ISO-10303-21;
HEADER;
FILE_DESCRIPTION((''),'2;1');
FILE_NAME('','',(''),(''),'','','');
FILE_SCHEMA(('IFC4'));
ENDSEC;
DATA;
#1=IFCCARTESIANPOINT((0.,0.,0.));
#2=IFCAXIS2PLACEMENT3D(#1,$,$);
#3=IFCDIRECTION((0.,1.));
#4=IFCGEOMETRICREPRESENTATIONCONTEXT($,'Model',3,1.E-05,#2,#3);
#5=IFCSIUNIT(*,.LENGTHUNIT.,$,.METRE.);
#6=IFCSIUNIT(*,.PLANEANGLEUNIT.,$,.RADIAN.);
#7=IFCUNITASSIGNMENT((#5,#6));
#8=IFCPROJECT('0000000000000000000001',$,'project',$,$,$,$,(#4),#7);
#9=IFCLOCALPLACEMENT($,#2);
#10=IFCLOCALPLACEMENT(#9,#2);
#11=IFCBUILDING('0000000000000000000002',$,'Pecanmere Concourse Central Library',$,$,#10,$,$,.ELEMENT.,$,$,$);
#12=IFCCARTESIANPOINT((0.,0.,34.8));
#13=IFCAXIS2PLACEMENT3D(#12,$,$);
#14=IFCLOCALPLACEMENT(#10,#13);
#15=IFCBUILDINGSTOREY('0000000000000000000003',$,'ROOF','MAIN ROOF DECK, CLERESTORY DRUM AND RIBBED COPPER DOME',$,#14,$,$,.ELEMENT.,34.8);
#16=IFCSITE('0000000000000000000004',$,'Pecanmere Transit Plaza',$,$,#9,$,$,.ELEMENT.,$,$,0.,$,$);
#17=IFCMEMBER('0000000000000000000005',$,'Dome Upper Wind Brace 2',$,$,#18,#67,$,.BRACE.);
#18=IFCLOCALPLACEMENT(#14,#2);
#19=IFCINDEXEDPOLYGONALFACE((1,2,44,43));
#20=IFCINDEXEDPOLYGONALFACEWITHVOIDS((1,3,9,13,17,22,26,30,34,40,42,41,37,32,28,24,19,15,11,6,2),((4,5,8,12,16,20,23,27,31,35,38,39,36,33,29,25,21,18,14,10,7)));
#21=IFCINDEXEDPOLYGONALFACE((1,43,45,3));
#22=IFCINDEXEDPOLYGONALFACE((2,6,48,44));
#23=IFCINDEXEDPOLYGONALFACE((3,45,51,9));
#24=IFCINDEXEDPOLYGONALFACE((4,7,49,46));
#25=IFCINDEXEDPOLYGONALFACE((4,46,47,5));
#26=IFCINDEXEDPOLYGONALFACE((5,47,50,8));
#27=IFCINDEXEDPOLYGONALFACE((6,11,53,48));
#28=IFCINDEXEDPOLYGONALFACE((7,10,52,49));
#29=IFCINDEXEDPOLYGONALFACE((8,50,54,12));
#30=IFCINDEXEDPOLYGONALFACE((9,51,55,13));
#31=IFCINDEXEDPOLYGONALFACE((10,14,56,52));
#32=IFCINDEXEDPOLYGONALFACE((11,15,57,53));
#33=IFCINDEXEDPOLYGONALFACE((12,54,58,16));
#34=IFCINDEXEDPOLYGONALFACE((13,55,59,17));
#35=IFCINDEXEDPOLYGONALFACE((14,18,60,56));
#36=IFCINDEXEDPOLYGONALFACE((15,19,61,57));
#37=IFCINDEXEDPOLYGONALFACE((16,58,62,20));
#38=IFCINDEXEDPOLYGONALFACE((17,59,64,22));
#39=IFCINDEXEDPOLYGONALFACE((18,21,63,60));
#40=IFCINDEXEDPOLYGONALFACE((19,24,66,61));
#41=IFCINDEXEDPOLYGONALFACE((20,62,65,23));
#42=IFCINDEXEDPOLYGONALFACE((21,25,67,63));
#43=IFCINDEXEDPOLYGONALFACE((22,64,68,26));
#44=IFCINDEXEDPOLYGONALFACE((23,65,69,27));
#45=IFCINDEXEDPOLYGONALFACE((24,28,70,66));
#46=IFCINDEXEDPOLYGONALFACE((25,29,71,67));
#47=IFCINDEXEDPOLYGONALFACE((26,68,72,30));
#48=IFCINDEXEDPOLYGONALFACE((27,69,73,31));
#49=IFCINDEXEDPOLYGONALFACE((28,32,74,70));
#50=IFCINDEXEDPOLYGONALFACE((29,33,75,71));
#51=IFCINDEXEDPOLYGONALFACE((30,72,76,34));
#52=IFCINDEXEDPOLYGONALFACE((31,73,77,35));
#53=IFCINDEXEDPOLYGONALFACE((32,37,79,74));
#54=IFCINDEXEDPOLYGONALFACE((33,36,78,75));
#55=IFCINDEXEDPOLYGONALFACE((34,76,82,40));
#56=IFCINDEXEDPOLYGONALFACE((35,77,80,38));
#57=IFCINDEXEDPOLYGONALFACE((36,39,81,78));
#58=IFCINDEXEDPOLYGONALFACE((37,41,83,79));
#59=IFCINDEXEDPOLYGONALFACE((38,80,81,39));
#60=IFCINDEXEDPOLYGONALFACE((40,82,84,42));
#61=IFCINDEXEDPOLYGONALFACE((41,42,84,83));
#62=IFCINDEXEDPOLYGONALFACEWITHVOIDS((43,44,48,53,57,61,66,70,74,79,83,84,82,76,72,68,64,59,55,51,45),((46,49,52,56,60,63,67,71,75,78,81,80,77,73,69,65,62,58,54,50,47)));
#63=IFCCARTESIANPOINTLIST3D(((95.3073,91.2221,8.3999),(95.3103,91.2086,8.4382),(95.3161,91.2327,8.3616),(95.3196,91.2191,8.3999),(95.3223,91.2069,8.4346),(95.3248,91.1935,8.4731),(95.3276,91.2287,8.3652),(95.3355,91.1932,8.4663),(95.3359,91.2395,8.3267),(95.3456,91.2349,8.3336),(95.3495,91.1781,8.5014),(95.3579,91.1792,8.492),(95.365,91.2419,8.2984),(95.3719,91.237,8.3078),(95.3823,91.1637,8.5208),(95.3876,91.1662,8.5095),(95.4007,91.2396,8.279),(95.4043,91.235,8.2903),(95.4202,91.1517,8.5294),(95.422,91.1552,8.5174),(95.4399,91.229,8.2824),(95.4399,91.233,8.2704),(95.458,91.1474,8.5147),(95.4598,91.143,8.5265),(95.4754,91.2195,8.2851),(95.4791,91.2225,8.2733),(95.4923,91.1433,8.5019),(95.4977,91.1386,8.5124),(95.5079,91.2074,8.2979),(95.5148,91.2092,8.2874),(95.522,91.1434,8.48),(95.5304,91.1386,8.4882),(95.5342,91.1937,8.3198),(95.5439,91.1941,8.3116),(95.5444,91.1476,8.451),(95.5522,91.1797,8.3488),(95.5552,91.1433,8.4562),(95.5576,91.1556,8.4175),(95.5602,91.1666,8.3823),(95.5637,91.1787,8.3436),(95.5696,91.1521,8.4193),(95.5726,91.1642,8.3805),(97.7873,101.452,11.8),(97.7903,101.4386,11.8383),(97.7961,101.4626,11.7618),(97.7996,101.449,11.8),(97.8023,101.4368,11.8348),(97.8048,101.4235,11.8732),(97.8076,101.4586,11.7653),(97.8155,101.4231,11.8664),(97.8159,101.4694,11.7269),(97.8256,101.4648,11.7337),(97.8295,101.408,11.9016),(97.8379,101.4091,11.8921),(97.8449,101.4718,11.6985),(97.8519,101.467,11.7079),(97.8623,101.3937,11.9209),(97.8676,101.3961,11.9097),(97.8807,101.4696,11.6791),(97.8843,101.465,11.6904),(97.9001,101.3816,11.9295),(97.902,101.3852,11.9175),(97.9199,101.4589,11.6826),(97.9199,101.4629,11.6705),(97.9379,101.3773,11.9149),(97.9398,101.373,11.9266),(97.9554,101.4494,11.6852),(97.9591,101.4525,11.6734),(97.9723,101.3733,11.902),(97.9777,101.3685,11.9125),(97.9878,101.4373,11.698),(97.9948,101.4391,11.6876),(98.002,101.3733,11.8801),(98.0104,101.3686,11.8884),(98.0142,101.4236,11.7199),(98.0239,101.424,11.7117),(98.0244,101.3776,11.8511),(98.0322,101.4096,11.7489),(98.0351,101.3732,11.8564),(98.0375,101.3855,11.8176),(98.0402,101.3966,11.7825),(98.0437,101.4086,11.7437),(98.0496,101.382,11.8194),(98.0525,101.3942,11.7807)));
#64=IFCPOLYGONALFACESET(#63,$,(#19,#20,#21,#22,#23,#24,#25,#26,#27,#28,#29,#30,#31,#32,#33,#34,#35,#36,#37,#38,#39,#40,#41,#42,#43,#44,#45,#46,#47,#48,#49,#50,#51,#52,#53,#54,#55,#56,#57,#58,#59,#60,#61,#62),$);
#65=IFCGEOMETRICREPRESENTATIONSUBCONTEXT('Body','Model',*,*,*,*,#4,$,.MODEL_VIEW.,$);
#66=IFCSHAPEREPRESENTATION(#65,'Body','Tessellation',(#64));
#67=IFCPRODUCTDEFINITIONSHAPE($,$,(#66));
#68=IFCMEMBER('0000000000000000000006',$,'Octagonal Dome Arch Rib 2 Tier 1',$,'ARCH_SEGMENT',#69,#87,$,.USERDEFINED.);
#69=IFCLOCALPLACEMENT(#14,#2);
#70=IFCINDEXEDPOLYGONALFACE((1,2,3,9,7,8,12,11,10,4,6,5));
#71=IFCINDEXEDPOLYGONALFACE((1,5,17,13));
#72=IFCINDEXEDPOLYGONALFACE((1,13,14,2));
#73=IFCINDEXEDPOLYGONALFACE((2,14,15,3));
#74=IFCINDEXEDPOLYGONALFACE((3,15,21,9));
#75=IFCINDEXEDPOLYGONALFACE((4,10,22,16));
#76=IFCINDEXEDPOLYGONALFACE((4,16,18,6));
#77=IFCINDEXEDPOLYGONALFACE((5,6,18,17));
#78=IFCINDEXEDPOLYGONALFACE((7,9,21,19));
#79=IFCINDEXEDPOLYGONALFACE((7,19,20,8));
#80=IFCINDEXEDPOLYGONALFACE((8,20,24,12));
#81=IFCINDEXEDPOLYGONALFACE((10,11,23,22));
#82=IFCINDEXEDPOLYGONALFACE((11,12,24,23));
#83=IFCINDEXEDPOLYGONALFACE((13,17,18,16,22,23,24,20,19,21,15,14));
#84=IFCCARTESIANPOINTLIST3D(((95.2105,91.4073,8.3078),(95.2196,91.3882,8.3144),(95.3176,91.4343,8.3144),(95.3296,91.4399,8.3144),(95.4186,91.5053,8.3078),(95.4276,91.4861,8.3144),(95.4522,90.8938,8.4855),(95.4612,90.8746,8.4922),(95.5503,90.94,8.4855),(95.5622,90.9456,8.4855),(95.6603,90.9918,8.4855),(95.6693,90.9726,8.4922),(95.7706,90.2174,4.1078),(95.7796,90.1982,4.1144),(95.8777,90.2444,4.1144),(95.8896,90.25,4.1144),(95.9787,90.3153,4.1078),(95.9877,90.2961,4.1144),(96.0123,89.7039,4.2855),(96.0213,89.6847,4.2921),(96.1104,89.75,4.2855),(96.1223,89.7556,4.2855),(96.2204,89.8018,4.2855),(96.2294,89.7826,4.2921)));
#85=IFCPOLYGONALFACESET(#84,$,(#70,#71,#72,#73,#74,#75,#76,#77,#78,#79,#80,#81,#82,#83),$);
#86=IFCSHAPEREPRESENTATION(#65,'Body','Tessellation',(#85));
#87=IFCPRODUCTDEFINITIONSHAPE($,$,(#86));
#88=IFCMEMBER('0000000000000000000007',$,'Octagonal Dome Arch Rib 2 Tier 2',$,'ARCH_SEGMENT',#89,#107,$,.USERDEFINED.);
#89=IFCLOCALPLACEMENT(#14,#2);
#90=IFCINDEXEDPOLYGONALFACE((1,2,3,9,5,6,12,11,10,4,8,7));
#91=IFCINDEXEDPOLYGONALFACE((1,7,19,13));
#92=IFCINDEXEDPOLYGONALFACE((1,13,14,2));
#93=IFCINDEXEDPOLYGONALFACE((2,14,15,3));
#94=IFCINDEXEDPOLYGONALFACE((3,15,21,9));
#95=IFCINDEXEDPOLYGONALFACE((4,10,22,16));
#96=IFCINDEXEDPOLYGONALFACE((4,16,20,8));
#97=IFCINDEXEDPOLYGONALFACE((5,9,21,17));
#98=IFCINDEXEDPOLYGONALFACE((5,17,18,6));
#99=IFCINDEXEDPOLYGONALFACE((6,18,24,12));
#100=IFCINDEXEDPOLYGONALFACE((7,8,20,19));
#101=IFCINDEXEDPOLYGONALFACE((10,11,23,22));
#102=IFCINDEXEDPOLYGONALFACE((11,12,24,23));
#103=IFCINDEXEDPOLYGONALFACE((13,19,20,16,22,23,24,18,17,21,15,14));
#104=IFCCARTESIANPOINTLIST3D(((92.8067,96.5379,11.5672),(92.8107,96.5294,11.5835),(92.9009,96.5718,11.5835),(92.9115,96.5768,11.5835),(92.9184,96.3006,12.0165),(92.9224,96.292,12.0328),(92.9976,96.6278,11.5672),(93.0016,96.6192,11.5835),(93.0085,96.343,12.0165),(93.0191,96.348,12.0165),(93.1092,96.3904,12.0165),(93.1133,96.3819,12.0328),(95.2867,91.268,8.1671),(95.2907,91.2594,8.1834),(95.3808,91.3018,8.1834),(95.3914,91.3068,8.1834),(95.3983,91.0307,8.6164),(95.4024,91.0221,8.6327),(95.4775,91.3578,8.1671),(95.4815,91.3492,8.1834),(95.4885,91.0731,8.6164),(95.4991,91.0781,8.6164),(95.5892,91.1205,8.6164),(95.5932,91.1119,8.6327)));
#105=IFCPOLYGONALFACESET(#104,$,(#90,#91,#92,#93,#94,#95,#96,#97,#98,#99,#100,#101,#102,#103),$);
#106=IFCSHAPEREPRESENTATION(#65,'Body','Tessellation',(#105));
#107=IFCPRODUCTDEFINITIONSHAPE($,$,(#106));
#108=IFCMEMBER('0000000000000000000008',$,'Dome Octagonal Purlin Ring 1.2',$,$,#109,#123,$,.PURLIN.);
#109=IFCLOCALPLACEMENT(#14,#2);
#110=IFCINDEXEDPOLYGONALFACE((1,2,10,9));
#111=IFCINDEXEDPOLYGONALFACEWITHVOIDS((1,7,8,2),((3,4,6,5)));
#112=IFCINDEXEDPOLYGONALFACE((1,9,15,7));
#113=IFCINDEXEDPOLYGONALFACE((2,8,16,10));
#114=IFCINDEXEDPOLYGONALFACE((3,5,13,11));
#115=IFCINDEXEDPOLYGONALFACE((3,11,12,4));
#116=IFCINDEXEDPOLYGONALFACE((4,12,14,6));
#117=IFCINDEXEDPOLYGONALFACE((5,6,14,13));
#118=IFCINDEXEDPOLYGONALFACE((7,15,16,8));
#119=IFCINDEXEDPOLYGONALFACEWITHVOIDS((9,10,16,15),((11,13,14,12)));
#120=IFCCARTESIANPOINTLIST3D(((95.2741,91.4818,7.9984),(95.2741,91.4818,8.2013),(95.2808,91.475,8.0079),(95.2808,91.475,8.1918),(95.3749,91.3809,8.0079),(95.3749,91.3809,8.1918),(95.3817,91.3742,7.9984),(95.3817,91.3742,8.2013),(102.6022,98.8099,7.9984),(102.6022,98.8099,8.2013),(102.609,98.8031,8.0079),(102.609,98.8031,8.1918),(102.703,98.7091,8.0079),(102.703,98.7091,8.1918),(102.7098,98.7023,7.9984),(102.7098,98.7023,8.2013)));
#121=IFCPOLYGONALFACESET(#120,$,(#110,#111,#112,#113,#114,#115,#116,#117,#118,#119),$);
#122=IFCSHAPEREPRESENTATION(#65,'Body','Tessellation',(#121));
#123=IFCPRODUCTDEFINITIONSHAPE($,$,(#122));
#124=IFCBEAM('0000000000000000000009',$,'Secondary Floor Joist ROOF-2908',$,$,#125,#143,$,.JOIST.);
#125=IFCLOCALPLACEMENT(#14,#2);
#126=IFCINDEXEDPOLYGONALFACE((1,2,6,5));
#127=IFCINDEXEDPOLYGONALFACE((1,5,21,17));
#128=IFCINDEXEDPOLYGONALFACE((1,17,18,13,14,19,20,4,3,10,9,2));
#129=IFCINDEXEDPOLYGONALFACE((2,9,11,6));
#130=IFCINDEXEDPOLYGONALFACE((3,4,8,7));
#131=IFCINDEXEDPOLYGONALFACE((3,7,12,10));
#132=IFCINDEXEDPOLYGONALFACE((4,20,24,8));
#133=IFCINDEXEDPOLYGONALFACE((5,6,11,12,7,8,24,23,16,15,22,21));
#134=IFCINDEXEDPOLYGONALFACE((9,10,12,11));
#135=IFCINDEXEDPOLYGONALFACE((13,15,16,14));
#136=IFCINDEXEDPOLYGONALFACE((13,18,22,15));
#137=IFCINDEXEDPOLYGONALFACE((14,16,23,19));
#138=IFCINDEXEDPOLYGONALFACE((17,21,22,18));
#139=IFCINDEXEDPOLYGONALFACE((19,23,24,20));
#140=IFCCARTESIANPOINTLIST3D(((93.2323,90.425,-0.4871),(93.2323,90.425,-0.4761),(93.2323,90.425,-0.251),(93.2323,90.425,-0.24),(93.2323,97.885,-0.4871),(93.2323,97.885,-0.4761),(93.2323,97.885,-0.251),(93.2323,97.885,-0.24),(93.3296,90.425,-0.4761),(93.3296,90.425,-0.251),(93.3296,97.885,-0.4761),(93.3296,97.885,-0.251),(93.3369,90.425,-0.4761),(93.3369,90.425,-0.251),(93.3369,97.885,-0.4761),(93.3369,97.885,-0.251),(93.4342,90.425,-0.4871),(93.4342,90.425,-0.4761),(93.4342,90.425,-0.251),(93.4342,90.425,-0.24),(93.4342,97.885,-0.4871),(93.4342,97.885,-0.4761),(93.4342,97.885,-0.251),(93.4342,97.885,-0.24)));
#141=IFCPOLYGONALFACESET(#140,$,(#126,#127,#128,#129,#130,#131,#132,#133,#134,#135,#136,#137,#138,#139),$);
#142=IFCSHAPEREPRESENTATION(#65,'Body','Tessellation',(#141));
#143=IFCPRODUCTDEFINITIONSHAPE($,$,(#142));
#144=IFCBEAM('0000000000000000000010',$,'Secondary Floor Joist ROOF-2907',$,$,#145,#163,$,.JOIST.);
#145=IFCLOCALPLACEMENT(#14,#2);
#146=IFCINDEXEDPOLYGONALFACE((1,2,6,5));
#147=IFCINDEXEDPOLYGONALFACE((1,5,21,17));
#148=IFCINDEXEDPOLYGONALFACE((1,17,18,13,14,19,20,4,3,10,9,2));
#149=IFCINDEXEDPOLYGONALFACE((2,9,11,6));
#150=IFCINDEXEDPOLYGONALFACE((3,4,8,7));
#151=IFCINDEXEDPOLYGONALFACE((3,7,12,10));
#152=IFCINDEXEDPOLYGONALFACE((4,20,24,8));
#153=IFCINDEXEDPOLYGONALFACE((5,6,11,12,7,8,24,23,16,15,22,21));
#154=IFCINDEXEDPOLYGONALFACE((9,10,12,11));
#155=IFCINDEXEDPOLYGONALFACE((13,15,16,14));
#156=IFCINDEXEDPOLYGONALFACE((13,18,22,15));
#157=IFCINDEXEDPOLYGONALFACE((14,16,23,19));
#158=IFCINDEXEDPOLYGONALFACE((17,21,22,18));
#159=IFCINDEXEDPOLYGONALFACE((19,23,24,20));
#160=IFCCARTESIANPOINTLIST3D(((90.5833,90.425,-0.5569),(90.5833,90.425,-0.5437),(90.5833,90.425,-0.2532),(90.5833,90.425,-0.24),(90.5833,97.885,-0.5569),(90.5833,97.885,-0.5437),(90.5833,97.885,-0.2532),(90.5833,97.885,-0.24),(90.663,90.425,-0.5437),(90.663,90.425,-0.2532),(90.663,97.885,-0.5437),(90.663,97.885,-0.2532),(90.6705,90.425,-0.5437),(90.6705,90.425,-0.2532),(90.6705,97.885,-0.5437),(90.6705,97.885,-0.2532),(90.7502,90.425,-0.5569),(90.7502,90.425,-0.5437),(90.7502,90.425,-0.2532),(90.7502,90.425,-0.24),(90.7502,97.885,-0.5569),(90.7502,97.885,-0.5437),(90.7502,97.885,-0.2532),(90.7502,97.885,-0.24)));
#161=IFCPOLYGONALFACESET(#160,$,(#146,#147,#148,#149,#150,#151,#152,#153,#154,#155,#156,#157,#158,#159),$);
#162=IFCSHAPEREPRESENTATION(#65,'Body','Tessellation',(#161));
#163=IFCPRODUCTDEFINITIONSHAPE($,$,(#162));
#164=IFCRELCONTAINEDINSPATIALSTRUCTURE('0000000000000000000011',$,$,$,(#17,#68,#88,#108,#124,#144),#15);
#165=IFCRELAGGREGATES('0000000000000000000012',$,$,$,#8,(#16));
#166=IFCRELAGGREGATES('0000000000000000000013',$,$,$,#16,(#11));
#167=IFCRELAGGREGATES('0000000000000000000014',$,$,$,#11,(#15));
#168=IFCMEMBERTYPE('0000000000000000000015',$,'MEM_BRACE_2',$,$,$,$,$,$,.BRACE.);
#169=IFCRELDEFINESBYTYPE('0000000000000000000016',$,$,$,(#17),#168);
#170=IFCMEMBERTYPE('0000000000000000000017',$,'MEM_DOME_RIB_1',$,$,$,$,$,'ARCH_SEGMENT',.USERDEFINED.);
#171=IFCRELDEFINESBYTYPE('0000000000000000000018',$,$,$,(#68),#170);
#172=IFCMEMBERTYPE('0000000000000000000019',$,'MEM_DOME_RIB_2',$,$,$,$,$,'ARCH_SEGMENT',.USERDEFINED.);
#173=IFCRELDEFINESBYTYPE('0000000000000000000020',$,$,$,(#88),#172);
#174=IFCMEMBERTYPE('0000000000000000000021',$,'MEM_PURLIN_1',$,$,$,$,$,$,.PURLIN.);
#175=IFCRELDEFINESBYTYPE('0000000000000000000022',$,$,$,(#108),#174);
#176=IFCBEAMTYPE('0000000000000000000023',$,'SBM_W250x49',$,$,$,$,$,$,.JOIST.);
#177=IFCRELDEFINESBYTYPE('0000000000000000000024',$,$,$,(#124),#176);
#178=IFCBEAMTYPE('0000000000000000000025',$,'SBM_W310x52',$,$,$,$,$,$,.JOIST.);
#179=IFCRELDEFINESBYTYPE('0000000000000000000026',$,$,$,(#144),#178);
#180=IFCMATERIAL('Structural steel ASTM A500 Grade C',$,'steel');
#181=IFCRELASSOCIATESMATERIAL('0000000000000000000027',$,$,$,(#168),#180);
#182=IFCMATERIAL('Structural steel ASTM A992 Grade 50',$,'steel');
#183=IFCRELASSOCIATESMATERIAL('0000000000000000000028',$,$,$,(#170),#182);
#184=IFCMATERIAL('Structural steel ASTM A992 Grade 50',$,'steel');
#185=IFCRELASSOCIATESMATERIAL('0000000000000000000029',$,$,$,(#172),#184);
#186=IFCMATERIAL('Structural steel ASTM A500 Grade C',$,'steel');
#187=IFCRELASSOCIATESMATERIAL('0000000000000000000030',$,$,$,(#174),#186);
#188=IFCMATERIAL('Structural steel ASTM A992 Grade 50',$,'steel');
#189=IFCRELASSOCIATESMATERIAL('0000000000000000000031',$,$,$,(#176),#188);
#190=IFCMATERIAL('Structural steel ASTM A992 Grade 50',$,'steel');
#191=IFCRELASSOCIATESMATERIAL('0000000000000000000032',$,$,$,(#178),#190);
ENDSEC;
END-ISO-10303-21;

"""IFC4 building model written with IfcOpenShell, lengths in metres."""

from ifc_helpers import new_model, si_unit, direction, frame, origin, origin_2d, place, context, subcontext, project, spatial, hollow_rectangle, hollow_circle, i_section, extrude, material, material_profile, profile_set, type_object, element, save


model = new_model("IFC4")

# Units and contexts
model_context = context("Model", 3, precision=1e-05, world=origin(), true_north=direction((0.0, 1.0)))
body_context = subcontext(model_context, "Body", "Model", "MODEL_VIEW")
ifc_project = project(units=[si_unit("LENGTHUNIT", "METRE"), si_unit("PLANEANGLEUNIT", "RADIAN")], contexts=[model_context])

# Site, building, storey
site_placement = place(None, origin())
site = spatial("IfcSite", under=ifc_project, at=site_placement, Name="Pecanmere Transit Plaza", CompositionType="ELEMENT", RefElevation=0.0)
building_placement = place(site_placement, origin())
building = spatial("IfcBuilding", under=site, at=building_placement, Name="Pecanmere Concourse Central Library", CompositionType="ELEMENT")
storey_placement = place(building_placement, frame((0.0, 0.0, 34.8)))
storey = spatial("IfcBuildingStorey", under=building, at=storey_placement, Name="ROOF", Description="MAIN ROOF DECK, CLERESTORY DRUM AND RIBBED COPPER DOME", CompositionType="ELEMENT", Elevation=34.8)

# Members
ifc_material_1 = material(Name="Structural steel ASTM A500 Grade C", Category="steel")
ifc_material_profile_1 = material_profile(ifc_material_1, hollow_circle(Radius=0.1365, WallThickness=0.0127, at=origin_2d()), Name="HSS273.1x12.7")
ifc_profile_set_1 = profile_set([ifc_material_profile_1], Name="Structural steel ASTM A500 Grade C")
member_type_1 = type_object("IfcMemberType", Name="MEM_BRACE_2", PredefinedType="BRACE", material=ifc_profile_set_1)
member_1_placement = place(storey_placement, frame((95.4399, 91.1899, 8.3999), z_axis=(0.224193, 0.924801, 0.307377), x_axis=(-0.97185, 0.235599, 0.0)))
element("IfcMember", 1, at=member_1_placement, inside=storey, type_object=member_type_1, Name="Dome Upper Wind Brace 2", PredefinedType="BRACE", context=body_context, shape_type="SweptSolid", body=[
    extrude(hollow_circle(Radius=0.1365, WallThickness=0.0127, at=origin_2d()), origin(), (0.0, 0.0, 1.0), 11.0618),
])
ifc_material_2 = material(Name="Structural steel ASTM A992 Grade 50", Category="steel")
ifc_material_profile_2 = material_profile(ifc_material_2, i_section(OverallWidth=0.23, OverallDepth=0.6169, WebThickness=0.0132, FlangeThickness=0.0222, at=origin_2d()), Name="W610x140")
ifc_profile_set_2 = profile_set([ifc_material_profile_2], Name="Structural steel ASTM A992 Grade 50")
member_type_2 = type_object("IfcMemberType", Name="MEM_DOME_RIB_1", ElementType="ARCH_SEGMENT", PredefinedType="USERDEFINED", material=ifc_profile_set_2)
member_2_placement = place(storey_placement, frame((96.0, 90.0, 4.2), z_axis=(-0.127256, 0.270377, 0.954307), x_axis=(-0.904793, -0.425851, 0.0)))
element("IfcMember", 2, at=member_2_placement, inside=storey, type_object=member_type_2, Name="Octagonal Dome Arch Rib 2 Tier 1", ObjectType="ARCH_SEGMENT", PredefinedType="USERDEFINED", context=body_context, shape_type="SweptSolid", body=[
    extrude(i_section(OverallWidth=0.23, OverallDepth=0.6169, WebThickness=0.0132, FlangeThickness=0.0222, at=origin_2d()), origin(), (0.0, 0.0, 1.0), 4.4011),
])
ifc_material_3 = material(Name="Structural steel ASTM A992 Grade 50", Category="steel")
ifc_material_profile_3 = material_profile(ifc_material_3, i_section(OverallWidth=0.2109, OverallDepth=0.5391, WebThickness=0.0117, FlangeThickness=0.0188, at=origin_2d()), Name="W530x109")
ifc_profile_set_3 = profile_set([ifc_material_profile_3], Name="Structural steel ASTM A992 Grade 50")
member_type_3 = type_object("IfcMemberType", Name="MEM_DOME_RIB_2", ElementType="ARCH_SEGMENT", PredefinedType="USERDEFINED", material=ifc_profile_set_3)
member_3_placement = place(storey_placement, frame((95.4399, 91.1899, 8.3999), z_axis=(-0.36772, 0.781414, 0.504158), x_axis=(-0.904821, -0.425793, 0.0)))
element("IfcMember", 3, at=member_3_placement, inside=storey, type_object=member_type_3, Name="Octagonal Dome Arch Rib 2 Tier 2", ObjectType="ARCH_SEGMENT", PredefinedType="USERDEFINED", context=body_context, shape_type="SweptSolid", body=[
    extrude(i_section(OverallWidth=0.2109, OverallDepth=0.5391, WebThickness=0.0117, FlangeThickness=0.0188, at=origin_2d()), origin(), (0.0, 0.0, 1.0), 6.7441),
])
ifc_material_4 = material(Name="Structural steel ASTM A500 Grade C", Category="steel")
ifc_material_profile_4 = material_profile(ifc_material_4, hollow_rectangle(XDim=0.1521, YDim=0.2029, WallThickness=0.0095, at=origin_2d()), Name="HSS203x152x9.5")
ifc_profile_set_4 = profile_set([ifc_material_profile_4], Name="Structural steel ASTM A500 Grade C")
member_type_4 = type_object("IfcMemberType", Name="MEM_PURLIN_1", PredefinedType="PURLIN", material=ifc_profile_set_4)
member_4_placement = place(storey_placement, frame((95.3279, 91.428, 8.0999), z_axis=(0.707107, 0.707107, 0.0), x_axis=(-0.707107, 0.707107, 0.0)))
element("IfcMember", 4, at=member_4_placement, inside=storey, type_object=member_type_4, Name="Dome Octagonal Purlin Ring 1.2", PredefinedType="PURLIN", context=body_context, shape_type="SweptSolid", body=[
    extrude(hollow_rectangle(XDim=0.1521, YDim=0.2029, WallThickness=0.0095, at=origin_2d()), origin(), (0.0, 0.0, 1.0), 10.3635),
])

# Beams
ifc_material_5 = material(Name="Structural steel ASTM A992 Grade 50", Category="steel")
ifc_material_profile_5 = material_profile(ifc_material_5, i_section(OverallWidth=0.2019, OverallDepth=0.2471, WebThickness=0.0073, FlangeThickness=0.011, at=origin_2d()), Name="W250x49.1")
ifc_profile_set_5 = profile_set([ifc_material_profile_5], Name="Structural steel ASTM A992 Grade 50")
beam_type_1 = type_object("IfcBeamType", Name="SBM_W250x49", PredefinedType="JOIST", material=ifc_profile_set_5)
beam_1_placement = place(storey_placement, frame((93.3333, 90.425, -0.3635), z_axis=(0.0, 1.0, 0.0), x_axis=(-1.0, 0.0, 0.0)))
element("IfcBeam", 5, at=beam_1_placement, inside=storey, type_object=beam_type_1, Name="Secondary Floor Joist ROOF-2908", PredefinedType="JOIST", context=body_context, shape_type="SweptSolid", body=[
    extrude(i_section(OverallWidth=0.2019, OverallDepth=0.2471, WebThickness=0.0073, FlangeThickness=0.011, at=origin_2d()), origin(), (0.0, 0.0, 1.0), 7.46),
])
ifc_material_6 = material(Name="Structural steel ASTM A992 Grade 50", Category="steel")
ifc_material_profile_6 = material_profile(ifc_material_6, i_section(OverallWidth=0.167, OverallDepth=0.3169, WebThickness=0.0076, FlangeThickness=0.0132, at=origin_2d()), Name="W310x52")
ifc_profile_set_6 = profile_set([ifc_material_profile_6], Name="Structural steel ASTM A992 Grade 50")
beam_type_2 = type_object("IfcBeamType", Name="SBM_W310x52", PredefinedType="JOIST", material=ifc_profile_set_6)
beam_2_placement = place(storey_placement, frame((90.6667, 90.425, -0.3984), z_axis=(0.0, 1.0, 0.0), x_axis=(-1.0, 0.0, 0.0)))
element("IfcBeam", 6, at=beam_2_placement, inside=storey, type_object=beam_type_2, Name="Secondary Floor Joist ROOF-2907", PredefinedType="JOIST", context=body_context, shape_type="SweptSolid", body=[
    extrude(i_section(OverallWidth=0.167, OverallDepth=0.3169, WebThickness=0.0076, FlangeThickness=0.0132, at=origin_2d()), origin(), (0.0, 0.0, 1.0), 7.46),
])

save(model, "model.ifc")
